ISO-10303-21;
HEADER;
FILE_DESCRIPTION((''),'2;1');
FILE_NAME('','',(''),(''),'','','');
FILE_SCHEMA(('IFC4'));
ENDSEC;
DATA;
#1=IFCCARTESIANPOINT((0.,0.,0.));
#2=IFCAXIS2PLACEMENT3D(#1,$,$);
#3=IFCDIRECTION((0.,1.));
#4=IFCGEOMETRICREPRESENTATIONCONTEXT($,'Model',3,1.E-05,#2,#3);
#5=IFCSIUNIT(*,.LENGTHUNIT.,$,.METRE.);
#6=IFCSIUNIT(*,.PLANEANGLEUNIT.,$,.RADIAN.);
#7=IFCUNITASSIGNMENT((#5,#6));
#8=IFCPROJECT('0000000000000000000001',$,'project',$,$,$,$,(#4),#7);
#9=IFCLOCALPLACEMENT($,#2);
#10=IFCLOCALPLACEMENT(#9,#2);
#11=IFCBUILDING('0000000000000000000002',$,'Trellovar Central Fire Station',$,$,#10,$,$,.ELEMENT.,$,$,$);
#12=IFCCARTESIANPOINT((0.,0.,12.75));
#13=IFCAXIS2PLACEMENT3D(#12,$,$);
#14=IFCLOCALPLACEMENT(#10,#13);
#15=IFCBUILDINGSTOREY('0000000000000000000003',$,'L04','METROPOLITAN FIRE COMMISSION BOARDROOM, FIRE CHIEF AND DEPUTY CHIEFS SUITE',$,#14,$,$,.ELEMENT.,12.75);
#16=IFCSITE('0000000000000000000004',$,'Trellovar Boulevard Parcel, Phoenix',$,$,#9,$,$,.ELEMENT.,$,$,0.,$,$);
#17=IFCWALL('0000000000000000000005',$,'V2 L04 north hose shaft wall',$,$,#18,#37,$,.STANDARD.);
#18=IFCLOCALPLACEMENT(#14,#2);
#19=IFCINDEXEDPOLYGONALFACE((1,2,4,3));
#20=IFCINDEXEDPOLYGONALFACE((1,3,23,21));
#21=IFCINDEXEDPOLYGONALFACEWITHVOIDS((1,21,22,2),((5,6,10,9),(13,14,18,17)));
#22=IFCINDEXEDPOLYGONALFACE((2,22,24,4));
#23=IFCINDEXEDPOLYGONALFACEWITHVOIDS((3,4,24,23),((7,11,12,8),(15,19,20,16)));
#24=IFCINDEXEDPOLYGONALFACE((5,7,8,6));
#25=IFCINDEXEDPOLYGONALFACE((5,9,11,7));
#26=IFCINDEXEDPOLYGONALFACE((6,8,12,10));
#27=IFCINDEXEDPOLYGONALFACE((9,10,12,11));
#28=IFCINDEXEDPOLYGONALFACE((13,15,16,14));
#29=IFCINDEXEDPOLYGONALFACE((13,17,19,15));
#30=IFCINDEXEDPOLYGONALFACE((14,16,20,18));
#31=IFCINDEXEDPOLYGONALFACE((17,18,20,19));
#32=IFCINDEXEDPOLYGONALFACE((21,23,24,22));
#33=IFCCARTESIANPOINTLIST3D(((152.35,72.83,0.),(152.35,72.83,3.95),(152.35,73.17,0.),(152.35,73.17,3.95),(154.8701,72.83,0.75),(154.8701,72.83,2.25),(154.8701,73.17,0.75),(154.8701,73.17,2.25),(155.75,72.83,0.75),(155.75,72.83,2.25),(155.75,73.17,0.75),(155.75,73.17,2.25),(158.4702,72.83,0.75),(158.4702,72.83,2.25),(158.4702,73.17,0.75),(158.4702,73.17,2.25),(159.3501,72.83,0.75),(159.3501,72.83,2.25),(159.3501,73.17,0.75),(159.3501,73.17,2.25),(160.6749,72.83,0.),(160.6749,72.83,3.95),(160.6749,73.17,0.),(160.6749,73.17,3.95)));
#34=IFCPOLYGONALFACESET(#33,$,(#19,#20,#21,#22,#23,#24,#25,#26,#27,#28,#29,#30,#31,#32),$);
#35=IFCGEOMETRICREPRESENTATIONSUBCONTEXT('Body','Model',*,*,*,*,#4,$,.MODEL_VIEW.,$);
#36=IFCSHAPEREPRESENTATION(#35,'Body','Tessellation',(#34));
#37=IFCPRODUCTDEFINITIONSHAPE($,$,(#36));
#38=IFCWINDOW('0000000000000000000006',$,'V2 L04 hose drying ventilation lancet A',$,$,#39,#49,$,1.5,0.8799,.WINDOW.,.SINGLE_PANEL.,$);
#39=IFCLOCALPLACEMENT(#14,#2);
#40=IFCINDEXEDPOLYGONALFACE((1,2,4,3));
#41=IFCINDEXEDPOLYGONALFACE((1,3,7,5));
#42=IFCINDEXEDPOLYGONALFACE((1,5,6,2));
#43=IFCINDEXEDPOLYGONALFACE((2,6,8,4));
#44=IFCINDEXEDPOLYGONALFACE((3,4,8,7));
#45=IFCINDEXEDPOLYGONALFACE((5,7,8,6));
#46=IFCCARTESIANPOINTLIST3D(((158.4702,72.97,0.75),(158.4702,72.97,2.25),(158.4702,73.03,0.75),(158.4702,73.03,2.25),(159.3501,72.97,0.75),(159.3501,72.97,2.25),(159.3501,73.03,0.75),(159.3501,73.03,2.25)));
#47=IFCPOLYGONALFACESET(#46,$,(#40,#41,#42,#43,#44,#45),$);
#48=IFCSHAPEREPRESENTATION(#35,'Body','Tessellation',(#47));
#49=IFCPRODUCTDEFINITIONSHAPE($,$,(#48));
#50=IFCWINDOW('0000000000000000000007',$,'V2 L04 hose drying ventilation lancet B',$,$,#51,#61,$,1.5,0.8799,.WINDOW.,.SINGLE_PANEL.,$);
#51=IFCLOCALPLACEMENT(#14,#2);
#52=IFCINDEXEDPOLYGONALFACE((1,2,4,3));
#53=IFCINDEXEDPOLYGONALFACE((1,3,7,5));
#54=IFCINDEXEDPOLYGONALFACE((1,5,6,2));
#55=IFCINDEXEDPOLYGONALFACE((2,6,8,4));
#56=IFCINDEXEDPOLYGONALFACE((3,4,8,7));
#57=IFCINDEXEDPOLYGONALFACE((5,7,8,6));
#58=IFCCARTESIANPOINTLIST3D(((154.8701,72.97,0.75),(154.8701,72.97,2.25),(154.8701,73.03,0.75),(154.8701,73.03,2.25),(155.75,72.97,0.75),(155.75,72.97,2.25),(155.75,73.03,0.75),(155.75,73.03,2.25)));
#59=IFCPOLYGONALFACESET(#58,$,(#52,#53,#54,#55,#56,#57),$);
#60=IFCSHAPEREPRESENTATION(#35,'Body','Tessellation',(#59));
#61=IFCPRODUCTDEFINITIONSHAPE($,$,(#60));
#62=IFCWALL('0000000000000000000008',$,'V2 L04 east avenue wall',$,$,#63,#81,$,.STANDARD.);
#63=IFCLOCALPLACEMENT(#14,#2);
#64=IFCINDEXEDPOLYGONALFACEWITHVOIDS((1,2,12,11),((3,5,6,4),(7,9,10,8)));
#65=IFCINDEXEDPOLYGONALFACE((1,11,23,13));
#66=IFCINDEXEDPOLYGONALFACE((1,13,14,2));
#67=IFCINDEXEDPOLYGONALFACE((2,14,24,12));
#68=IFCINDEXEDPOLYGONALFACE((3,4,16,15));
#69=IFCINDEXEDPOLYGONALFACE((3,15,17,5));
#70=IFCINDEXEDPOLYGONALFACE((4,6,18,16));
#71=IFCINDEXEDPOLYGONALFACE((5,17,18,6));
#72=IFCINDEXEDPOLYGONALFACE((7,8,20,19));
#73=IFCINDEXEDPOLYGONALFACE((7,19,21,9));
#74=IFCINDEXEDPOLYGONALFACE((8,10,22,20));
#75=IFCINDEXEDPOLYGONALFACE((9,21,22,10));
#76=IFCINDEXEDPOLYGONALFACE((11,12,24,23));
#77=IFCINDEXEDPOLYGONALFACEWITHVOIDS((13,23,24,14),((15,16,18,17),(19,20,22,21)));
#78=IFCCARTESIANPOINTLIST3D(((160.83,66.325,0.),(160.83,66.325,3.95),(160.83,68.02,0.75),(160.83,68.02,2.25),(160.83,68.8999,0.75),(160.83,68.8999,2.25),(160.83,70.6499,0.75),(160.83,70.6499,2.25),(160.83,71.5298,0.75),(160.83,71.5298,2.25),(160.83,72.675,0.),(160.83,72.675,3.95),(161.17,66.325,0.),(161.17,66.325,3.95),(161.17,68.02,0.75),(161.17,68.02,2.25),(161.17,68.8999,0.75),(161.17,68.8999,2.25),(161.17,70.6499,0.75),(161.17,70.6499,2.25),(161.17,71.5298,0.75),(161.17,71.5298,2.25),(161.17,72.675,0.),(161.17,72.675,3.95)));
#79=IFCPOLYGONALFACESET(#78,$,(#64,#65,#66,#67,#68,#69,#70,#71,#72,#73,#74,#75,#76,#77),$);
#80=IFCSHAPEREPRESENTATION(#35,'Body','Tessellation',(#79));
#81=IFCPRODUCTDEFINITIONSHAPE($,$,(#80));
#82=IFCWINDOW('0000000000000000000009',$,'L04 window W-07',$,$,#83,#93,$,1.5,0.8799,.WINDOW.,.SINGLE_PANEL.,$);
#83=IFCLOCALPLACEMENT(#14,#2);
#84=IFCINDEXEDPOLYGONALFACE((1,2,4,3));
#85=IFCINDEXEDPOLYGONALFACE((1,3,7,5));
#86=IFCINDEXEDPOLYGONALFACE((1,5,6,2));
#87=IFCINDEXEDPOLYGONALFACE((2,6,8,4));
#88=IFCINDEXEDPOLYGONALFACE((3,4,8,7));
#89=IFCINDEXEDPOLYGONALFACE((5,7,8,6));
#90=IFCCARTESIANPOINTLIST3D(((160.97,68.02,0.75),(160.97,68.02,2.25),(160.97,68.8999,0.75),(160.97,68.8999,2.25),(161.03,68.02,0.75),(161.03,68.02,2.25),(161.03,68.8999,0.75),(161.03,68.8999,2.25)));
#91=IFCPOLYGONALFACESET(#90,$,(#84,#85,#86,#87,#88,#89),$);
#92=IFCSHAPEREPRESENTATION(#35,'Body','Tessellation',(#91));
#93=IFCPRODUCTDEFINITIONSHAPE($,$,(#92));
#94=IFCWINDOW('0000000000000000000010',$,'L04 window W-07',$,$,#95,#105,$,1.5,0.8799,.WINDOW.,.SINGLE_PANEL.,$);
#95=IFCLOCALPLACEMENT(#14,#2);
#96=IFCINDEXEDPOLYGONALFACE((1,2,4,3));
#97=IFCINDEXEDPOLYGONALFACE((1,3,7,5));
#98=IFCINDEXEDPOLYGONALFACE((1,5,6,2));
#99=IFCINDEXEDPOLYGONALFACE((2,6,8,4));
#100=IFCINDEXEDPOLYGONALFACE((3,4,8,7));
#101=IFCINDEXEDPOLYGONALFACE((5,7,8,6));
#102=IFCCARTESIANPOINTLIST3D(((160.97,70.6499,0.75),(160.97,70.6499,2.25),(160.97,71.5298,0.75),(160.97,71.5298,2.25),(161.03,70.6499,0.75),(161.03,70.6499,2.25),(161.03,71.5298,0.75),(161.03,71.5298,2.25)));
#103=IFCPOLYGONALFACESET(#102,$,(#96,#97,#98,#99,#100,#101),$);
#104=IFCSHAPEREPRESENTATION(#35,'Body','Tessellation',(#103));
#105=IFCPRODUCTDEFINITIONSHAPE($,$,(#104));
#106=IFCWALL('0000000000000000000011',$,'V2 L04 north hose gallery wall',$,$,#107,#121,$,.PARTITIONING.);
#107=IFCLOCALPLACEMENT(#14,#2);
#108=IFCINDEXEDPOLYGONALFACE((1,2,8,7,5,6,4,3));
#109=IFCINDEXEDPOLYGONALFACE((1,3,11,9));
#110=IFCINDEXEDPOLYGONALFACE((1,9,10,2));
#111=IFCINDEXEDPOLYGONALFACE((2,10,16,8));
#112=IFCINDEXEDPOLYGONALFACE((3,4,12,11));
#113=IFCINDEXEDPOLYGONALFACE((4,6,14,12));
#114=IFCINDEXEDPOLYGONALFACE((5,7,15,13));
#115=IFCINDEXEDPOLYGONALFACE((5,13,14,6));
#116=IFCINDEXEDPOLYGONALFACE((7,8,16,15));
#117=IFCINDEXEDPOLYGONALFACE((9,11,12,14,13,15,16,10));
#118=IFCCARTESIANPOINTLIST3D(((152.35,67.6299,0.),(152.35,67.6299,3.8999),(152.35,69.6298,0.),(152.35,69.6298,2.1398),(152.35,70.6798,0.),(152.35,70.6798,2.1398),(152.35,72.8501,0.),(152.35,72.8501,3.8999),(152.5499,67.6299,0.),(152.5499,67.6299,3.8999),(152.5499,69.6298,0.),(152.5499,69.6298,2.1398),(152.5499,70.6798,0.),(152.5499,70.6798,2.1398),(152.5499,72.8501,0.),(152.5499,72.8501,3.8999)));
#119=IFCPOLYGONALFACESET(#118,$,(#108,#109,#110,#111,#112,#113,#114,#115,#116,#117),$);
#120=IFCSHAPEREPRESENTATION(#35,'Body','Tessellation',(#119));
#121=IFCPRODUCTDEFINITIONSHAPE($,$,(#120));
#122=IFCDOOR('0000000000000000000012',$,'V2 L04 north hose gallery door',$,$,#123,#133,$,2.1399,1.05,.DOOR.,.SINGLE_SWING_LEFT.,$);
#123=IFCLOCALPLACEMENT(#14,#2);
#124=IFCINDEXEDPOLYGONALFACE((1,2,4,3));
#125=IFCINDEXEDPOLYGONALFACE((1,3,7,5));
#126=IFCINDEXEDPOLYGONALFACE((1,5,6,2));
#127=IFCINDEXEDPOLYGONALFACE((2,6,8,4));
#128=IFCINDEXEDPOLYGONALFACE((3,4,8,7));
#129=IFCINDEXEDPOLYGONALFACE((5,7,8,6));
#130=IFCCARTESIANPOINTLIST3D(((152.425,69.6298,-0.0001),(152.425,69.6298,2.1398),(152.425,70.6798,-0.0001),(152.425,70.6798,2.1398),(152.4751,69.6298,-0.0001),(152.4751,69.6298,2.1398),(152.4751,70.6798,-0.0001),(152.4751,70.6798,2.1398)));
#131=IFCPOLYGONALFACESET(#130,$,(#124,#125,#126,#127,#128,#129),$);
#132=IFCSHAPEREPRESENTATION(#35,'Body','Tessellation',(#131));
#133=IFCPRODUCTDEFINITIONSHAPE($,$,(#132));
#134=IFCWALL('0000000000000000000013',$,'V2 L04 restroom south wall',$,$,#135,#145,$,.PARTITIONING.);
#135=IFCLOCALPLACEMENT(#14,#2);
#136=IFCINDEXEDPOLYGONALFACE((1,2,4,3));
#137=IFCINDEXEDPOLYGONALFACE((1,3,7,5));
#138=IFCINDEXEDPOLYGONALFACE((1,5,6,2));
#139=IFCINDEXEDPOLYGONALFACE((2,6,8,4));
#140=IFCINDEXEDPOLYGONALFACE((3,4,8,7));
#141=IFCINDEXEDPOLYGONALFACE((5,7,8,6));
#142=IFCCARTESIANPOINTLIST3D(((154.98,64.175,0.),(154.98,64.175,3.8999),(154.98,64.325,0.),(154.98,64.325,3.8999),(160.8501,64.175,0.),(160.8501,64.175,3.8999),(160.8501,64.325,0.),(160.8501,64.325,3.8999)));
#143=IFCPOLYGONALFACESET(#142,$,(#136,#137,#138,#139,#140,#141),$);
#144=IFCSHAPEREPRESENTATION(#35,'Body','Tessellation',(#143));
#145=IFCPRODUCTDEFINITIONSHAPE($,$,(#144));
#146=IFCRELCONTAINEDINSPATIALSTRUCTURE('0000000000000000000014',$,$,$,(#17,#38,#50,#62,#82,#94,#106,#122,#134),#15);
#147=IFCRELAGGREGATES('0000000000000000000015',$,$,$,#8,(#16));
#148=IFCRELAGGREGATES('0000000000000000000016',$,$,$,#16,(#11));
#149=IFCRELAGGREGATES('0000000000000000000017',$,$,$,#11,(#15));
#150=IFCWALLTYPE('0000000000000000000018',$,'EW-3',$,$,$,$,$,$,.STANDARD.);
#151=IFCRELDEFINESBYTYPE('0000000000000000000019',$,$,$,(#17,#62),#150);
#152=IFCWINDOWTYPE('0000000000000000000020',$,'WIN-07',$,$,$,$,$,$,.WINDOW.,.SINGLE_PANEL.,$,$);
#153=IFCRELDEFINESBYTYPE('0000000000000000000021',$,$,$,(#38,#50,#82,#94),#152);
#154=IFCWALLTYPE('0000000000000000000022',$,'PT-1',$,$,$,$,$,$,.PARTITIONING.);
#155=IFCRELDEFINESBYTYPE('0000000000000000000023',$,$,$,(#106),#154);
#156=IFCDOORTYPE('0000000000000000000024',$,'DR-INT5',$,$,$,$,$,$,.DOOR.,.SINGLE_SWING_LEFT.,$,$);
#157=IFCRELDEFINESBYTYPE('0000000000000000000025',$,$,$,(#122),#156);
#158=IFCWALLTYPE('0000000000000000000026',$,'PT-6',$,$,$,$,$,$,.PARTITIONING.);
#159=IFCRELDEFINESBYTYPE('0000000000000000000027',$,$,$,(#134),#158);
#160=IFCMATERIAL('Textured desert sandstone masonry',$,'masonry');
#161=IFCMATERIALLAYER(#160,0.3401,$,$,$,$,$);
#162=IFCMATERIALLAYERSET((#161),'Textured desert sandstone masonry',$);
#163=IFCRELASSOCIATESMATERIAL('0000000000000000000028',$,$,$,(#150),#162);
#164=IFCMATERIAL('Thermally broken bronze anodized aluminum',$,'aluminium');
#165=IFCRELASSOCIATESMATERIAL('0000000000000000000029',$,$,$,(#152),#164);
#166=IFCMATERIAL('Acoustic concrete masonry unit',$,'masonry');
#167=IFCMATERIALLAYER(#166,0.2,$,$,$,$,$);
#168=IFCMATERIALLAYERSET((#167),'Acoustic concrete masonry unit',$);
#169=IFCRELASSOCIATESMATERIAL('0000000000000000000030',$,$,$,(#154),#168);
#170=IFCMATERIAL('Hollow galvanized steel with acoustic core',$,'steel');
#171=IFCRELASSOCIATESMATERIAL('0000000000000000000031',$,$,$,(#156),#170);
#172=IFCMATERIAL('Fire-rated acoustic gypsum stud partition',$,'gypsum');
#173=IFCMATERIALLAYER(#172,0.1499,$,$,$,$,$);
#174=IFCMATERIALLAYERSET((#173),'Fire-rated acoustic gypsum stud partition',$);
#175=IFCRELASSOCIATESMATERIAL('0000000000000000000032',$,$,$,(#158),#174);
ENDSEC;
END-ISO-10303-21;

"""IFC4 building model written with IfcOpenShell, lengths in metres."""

from ifc_helpers import new_model, si_unit, direction, frame, frame_2d, origin, place, context, subcontext, project, spatial, rectangle, extrude, material, layer, layer_set, type_object, element, fill, save


model = new_model("IFC4")

# Units and contexts
model_context = context("Model", 3, precision=1e-05, world=origin(), true_north=direction((0.0, 1.0)))
body_context = subcontext(model_context, "Body", "Model", "MODEL_VIEW")
ifc_project = project(units=[si_unit("LENGTHUNIT", "METRE"), si_unit("PLANEANGLEUNIT", "RADIAN")], contexts=[model_context])

# Site, building, storey
site_placement = place(None, origin())
site = spatial("IfcSite", under=ifc_project, at=site_placement, Name="Trellovar Boulevard Parcel, Phoenix", CompositionType="ELEMENT", RefElevation=0.0)
building_placement = place(site_placement, origin())
building = spatial("IfcBuilding", under=site, at=building_placement, Name="Trellovar Central Fire Station", CompositionType="ELEMENT")
storey_placement = place(building_placement, frame((0.0, 0.0, 12.75)))
storey = spatial("IfcBuildingStorey", under=building, at=storey_placement, Name="L04", Description="METROPOLITAN FIRE COMMISSION BOARDROOM, FIRE CHIEF AND DEPUTY CHIEFS SUITE", CompositionType="ELEMENT", Elevation=12.75)

# Walls, openings, windows
ifc_material_1 = material(Name="Textured desert sandstone masonry", Category="masonry")
ifc_layer_1 = layer(ifc_material_1, 0.3401)
ifc_layer_set_1 = layer_set([ifc_layer_1], Name="Textured desert sandstone masonry")
wall_type_1 = type_object("IfcWallType", Name="EW-3", PredefinedType="STANDARD", material=ifc_layer_set_1)
wall_1_placement = place(storey_placement, frame((160.675, 73.0, 0.0), z_axis=(0.0, 0.0, 1.0), x_axis=(-1.0, 0.0, 0.0)))
wall_1 = element("IfcWall", 1, at=wall_1_placement, inside=storey, type_object=wall_type_1, Name="V2 L04 north hose shaft wall", PredefinedType="STANDARD", context=body_context, shape_type="SweptSolid", body=[
    extrude(rectangle(XDim=8.325, YDim=0.3401, at=frame_2d((4.1626, 0.0))), origin(), (0.0, 0.0, 1.0), 3.95),
])
opening_1_placement = place(wall_1_placement, frame((1.325, 0.0, 0.75)))
opening_1 = element("IfcOpeningElement", 2, at=opening_1_placement, cuts=wall_1, PredefinedType="OPENING", context=body_context, shape_type="SweptSolid", body=[
    extrude(rectangle(XDim=0.8799, YDim=1.5, at=frame_2d((0.4399, 0.75))), frame((0.0, 0.1799, 0.0), z_axis=(0.0, -1.0, 0.0), x_axis=(1.0, 0.0, 0.0)), (0.0, 0.0, 1.0), 0.3601),
])
opening_2_placement = place(wall_1_placement, frame((4.925, 0.0, 0.75)))
opening_2 = element("IfcOpeningElement", 3, at=opening_2_placement, cuts=wall_1, PredefinedType="OPENING", context=body_context, shape_type="SweptSolid", body=[
    extrude(rectangle(XDim=0.8799, YDim=1.5, at=frame_2d((0.4399, 0.75))), frame((0.0, 0.1799, 0.0), z_axis=(0.0, -1.0, 0.0), x_axis=(1.0, 0.0, 0.0)), (0.0, 0.0, 1.0), 0.3601),
])
ifc_material_2 = material(Name="Thermally broken bronze anodized aluminum", Category="aluminium")
window_type = type_object("IfcWindowType", Name="WIN-07", PartitioningType="SINGLE_PANEL", PredefinedType="WINDOW", material=ifc_material_2)
window_1_placement = place(opening_1_placement, origin())
window_1 = element("IfcWindow", 4, at=window_1_placement, inside=storey, type_object=window_type, Name="V2 L04 hose drying ventilation lancet A", OverallHeight=1.5, OverallWidth=0.8799, PartitioningType="SINGLE_PANEL", PredefinedType="WINDOW", context=body_context, shape_type="SweptSolid", body=[
    extrude(rectangle(XDim=0.8799, YDim=1.5, at=frame_2d((0.4399, 0.75))), frame((0.0, 0.03, 0.0), z_axis=(0.0, -1.0, 0.0), x_axis=(1.0, 0.0, 0.0)), (0.0, 0.0, 1.0), 0.0601),
])
fill(opening_1, window_1)
window_2_placement = place(opening_2_placement, origin())
window_2 = element("IfcWindow", 5, at=window_2_placement, inside=storey, type_object=window_type, Name="V2 L04 hose drying ventilation lancet B", OverallHeight=1.5, OverallWidth=0.8799, PartitioningType="SINGLE_PANEL", PredefinedType="WINDOW", context=body_context, shape_type="SweptSolid", body=[
    extrude(rectangle(XDim=0.8799, YDim=1.5, at=frame_2d((0.4399, 0.75))), frame((0.0, 0.03, 0.0), z_axis=(0.0, -1.0, 0.0), x_axis=(1.0, 0.0, 0.0)), (0.0, 0.0, 1.0), 0.0601),
])
fill(opening_2, window_2)
wall_2_placement = place(storey_placement, frame((161.0, 66.325, 0.0), z_axis=(0.0, 0.0, 1.0), x_axis=(0.0, 1.0, 0.0)))
wall_2 = element("IfcWall", 6, at=wall_2_placement, inside=storey, type_object=wall_type_1, Name="V2 L04 east avenue wall", PredefinedType="STANDARD", context=body_context, shape_type="SweptSolid", body=[
    extrude(rectangle(XDim=6.3501, YDim=0.3401, at=frame_2d((3.175, 0.0))), origin(), (0.0, 0.0, 1.0), 3.95),
])
opening_3_placement = place(wall_2_placement, frame((1.6951, 0.0, 0.75)))
opening_3 = element("IfcOpeningElement", 7, at=opening_3_placement, cuts=wall_2, PredefinedType="OPENING", context=body_context, shape_type="SweptSolid", body=[
    extrude(rectangle(XDim=0.8799, YDim=1.5, at=frame_2d((0.4399, 0.75))), frame((0.0, 0.1799, 0.0), z_axis=(0.0, -1.0, 0.0), x_axis=(1.0, 0.0, 0.0)), (0.0, 0.0, 1.0), 0.3601),
])
opening_4_placement = place(wall_2_placement, frame((4.325, 0.0, 0.75)))
opening_4 = element("IfcOpeningElement", 8, at=opening_4_placement, cuts=wall_2, PredefinedType="OPENING", context=body_context, shape_type="SweptSolid", body=[
    extrude(rectangle(XDim=0.8799, YDim=1.5, at=frame_2d((0.4399, 0.75))), frame((0.0, 0.1799, 0.0), z_axis=(0.0, -1.0, 0.0), x_axis=(1.0, 0.0, 0.0)), (0.0, 0.0, 1.0), 0.3601),
])
window_3_placement = place(opening_3_placement, origin())
window_3 = element("IfcWindow", 9, at=window_3_placement, inside=storey, type_object=window_type, Name="L04 window W-07", OverallHeight=1.5, OverallWidth=0.8799, PartitioningType="SINGLE_PANEL", PredefinedType="WINDOW", context=body_context, shape_type="SweptSolid", body=[
    extrude(rectangle(XDim=0.8799, YDim=1.5, at=frame_2d((0.4399, 0.75))), frame((0.0, 0.03, 0.0), z_axis=(0.0, -1.0, 0.0), x_axis=(1.0, 0.0, 0.0)), (0.0, 0.0, 1.0), 0.0601),
])
fill(opening_3, window_3)
window_4_placement = place(opening_4_placement, origin())
window_4 = element("IfcWindow", 10, at=window_4_placement, inside=storey, type_object=window_type, Name="L04 window W-07", OverallHeight=1.5, OverallWidth=0.8799, PartitioningType="SINGLE_PANEL", PredefinedType="WINDOW", context=body_context, shape_type="SweptSolid", body=[
    extrude(rectangle(XDim=0.8799, YDim=1.5, at=frame_2d((0.4399, 0.75))), frame((0.0, 0.03, 0.0), z_axis=(0.0, -1.0, 0.0), x_axis=(1.0, 0.0, 0.0)), (0.0, 0.0, 1.0), 0.0601),
])
fill(opening_4, window_4)

# Wall, opening, door
ifc_material_3 = material(Name="Acoustic concrete masonry unit", Category="masonry")
ifc_layer_2 = layer(ifc_material_3, 0.2)
ifc_layer_set_2 = layer_set([ifc_layer_2], Name="Acoustic concrete masonry unit")
wall_type_2 = type_object("IfcWallType", Name="PT-1", PredefinedType="PARTITIONING", material=ifc_layer_set_2)
wall_3_placement = place(storey_placement, frame((152.45, 67.6299, 0.0), z_axis=(0.0, 0.0, 1.0), x_axis=(0.0, 1.0, 0.0)))
wall_3 = element("IfcWall", 11, at=wall_3_placement, inside=storey, type_object=wall_type_2, Name="V2 L04 north hose gallery wall", PredefinedType="PARTITIONING", context=body_context, shape_type="SweptSolid", body=[
    extrude(rectangle(XDim=5.2202, YDim=0.2, at=frame_2d((2.6101, 0.0))), origin(), (0.0, 0.0, 1.0), 3.8999),
])
opening_5_placement = place(wall_3_placement, frame((2.0, 0.0, 0.0)))
opening_5 = element("IfcOpeningElement", 12, at=opening_5_placement, cuts=wall_3, PredefinedType="OPENING", context=body_context, shape_type="SweptSolid", body=[
    extrude(rectangle(XDim=1.05, YDim=2.1399, at=frame_2d((0.5249, 1.0698))), frame((0.0, 0.1099, 0.0), z_axis=(0.0, -1.0, 0.0), x_axis=(1.0, 0.0, 0.0)), (0.0, 0.0, 1.0), 0.22),
])
ifc_material_4 = material(Name="Hollow galvanized steel with acoustic core", Category="steel")
door_type_1 = type_object("IfcDoorType", Name="DR-INT5", OperationType="SINGLE_SWING_LEFT", PredefinedType="DOOR", material=ifc_material_4)
door_1_placement = place(opening_5_placement, origin())
door_1 = element("IfcDoor", 13, at=door_1_placement, inside=storey, type_object=door_type_1, Name="V2 L04 north hose gallery door", OperationType="SINGLE_SWING_LEFT", OverallHeight=2.1399, OverallWidth=1.05, PredefinedType="DOOR", context=body_context, shape_type="SweptSolid", body=[
    extrude(rectangle(XDim=1.05, YDim=2.1399, at=frame_2d((0.5249, 1.0698))), frame((0.0, 0.0249, 0.0), z_axis=(0.0, -1.0, 0.0), x_axis=(1.0, 0.0, 0.0)), (0.0, 0.0, 1.0), 0.05),
])
fill(opening_5, door_1)

# Wall
ifc_material_5 = material(Name="Fire-rated acoustic gypsum stud partition", Category="gypsum")
ifc_layer_3 = layer(ifc_material_5, 0.1499)
ifc_layer_set_3 = layer_set([ifc_layer_3], Name="Fire-rated acoustic gypsum stud partition")
wall_type_3 = type_object("IfcWallType", Name="PT-6", PredefinedType="PARTITIONING", material=ifc_layer_set_3)
wall_4_placement = place(storey_placement, frame((154.98, 64.25, 0.0), z_axis=(0.0, 0.0, 1.0), x_axis=(1.0, 0.0, 0.0)))
element("IfcWall", 14, at=wall_4_placement, inside=storey, type_object=wall_type_3, Name="V2 L04 restroom south wall", PredefinedType="PARTITIONING", context=body_context, shape_type="SweptSolid", body=[
    extrude(rectangle(XDim=5.8701, YDim=0.1499, at=frame_2d((2.9351, 0.0))), origin(), (0.0, 0.0, 1.0), 3.8999),
])

save(model, "model.ifc")
